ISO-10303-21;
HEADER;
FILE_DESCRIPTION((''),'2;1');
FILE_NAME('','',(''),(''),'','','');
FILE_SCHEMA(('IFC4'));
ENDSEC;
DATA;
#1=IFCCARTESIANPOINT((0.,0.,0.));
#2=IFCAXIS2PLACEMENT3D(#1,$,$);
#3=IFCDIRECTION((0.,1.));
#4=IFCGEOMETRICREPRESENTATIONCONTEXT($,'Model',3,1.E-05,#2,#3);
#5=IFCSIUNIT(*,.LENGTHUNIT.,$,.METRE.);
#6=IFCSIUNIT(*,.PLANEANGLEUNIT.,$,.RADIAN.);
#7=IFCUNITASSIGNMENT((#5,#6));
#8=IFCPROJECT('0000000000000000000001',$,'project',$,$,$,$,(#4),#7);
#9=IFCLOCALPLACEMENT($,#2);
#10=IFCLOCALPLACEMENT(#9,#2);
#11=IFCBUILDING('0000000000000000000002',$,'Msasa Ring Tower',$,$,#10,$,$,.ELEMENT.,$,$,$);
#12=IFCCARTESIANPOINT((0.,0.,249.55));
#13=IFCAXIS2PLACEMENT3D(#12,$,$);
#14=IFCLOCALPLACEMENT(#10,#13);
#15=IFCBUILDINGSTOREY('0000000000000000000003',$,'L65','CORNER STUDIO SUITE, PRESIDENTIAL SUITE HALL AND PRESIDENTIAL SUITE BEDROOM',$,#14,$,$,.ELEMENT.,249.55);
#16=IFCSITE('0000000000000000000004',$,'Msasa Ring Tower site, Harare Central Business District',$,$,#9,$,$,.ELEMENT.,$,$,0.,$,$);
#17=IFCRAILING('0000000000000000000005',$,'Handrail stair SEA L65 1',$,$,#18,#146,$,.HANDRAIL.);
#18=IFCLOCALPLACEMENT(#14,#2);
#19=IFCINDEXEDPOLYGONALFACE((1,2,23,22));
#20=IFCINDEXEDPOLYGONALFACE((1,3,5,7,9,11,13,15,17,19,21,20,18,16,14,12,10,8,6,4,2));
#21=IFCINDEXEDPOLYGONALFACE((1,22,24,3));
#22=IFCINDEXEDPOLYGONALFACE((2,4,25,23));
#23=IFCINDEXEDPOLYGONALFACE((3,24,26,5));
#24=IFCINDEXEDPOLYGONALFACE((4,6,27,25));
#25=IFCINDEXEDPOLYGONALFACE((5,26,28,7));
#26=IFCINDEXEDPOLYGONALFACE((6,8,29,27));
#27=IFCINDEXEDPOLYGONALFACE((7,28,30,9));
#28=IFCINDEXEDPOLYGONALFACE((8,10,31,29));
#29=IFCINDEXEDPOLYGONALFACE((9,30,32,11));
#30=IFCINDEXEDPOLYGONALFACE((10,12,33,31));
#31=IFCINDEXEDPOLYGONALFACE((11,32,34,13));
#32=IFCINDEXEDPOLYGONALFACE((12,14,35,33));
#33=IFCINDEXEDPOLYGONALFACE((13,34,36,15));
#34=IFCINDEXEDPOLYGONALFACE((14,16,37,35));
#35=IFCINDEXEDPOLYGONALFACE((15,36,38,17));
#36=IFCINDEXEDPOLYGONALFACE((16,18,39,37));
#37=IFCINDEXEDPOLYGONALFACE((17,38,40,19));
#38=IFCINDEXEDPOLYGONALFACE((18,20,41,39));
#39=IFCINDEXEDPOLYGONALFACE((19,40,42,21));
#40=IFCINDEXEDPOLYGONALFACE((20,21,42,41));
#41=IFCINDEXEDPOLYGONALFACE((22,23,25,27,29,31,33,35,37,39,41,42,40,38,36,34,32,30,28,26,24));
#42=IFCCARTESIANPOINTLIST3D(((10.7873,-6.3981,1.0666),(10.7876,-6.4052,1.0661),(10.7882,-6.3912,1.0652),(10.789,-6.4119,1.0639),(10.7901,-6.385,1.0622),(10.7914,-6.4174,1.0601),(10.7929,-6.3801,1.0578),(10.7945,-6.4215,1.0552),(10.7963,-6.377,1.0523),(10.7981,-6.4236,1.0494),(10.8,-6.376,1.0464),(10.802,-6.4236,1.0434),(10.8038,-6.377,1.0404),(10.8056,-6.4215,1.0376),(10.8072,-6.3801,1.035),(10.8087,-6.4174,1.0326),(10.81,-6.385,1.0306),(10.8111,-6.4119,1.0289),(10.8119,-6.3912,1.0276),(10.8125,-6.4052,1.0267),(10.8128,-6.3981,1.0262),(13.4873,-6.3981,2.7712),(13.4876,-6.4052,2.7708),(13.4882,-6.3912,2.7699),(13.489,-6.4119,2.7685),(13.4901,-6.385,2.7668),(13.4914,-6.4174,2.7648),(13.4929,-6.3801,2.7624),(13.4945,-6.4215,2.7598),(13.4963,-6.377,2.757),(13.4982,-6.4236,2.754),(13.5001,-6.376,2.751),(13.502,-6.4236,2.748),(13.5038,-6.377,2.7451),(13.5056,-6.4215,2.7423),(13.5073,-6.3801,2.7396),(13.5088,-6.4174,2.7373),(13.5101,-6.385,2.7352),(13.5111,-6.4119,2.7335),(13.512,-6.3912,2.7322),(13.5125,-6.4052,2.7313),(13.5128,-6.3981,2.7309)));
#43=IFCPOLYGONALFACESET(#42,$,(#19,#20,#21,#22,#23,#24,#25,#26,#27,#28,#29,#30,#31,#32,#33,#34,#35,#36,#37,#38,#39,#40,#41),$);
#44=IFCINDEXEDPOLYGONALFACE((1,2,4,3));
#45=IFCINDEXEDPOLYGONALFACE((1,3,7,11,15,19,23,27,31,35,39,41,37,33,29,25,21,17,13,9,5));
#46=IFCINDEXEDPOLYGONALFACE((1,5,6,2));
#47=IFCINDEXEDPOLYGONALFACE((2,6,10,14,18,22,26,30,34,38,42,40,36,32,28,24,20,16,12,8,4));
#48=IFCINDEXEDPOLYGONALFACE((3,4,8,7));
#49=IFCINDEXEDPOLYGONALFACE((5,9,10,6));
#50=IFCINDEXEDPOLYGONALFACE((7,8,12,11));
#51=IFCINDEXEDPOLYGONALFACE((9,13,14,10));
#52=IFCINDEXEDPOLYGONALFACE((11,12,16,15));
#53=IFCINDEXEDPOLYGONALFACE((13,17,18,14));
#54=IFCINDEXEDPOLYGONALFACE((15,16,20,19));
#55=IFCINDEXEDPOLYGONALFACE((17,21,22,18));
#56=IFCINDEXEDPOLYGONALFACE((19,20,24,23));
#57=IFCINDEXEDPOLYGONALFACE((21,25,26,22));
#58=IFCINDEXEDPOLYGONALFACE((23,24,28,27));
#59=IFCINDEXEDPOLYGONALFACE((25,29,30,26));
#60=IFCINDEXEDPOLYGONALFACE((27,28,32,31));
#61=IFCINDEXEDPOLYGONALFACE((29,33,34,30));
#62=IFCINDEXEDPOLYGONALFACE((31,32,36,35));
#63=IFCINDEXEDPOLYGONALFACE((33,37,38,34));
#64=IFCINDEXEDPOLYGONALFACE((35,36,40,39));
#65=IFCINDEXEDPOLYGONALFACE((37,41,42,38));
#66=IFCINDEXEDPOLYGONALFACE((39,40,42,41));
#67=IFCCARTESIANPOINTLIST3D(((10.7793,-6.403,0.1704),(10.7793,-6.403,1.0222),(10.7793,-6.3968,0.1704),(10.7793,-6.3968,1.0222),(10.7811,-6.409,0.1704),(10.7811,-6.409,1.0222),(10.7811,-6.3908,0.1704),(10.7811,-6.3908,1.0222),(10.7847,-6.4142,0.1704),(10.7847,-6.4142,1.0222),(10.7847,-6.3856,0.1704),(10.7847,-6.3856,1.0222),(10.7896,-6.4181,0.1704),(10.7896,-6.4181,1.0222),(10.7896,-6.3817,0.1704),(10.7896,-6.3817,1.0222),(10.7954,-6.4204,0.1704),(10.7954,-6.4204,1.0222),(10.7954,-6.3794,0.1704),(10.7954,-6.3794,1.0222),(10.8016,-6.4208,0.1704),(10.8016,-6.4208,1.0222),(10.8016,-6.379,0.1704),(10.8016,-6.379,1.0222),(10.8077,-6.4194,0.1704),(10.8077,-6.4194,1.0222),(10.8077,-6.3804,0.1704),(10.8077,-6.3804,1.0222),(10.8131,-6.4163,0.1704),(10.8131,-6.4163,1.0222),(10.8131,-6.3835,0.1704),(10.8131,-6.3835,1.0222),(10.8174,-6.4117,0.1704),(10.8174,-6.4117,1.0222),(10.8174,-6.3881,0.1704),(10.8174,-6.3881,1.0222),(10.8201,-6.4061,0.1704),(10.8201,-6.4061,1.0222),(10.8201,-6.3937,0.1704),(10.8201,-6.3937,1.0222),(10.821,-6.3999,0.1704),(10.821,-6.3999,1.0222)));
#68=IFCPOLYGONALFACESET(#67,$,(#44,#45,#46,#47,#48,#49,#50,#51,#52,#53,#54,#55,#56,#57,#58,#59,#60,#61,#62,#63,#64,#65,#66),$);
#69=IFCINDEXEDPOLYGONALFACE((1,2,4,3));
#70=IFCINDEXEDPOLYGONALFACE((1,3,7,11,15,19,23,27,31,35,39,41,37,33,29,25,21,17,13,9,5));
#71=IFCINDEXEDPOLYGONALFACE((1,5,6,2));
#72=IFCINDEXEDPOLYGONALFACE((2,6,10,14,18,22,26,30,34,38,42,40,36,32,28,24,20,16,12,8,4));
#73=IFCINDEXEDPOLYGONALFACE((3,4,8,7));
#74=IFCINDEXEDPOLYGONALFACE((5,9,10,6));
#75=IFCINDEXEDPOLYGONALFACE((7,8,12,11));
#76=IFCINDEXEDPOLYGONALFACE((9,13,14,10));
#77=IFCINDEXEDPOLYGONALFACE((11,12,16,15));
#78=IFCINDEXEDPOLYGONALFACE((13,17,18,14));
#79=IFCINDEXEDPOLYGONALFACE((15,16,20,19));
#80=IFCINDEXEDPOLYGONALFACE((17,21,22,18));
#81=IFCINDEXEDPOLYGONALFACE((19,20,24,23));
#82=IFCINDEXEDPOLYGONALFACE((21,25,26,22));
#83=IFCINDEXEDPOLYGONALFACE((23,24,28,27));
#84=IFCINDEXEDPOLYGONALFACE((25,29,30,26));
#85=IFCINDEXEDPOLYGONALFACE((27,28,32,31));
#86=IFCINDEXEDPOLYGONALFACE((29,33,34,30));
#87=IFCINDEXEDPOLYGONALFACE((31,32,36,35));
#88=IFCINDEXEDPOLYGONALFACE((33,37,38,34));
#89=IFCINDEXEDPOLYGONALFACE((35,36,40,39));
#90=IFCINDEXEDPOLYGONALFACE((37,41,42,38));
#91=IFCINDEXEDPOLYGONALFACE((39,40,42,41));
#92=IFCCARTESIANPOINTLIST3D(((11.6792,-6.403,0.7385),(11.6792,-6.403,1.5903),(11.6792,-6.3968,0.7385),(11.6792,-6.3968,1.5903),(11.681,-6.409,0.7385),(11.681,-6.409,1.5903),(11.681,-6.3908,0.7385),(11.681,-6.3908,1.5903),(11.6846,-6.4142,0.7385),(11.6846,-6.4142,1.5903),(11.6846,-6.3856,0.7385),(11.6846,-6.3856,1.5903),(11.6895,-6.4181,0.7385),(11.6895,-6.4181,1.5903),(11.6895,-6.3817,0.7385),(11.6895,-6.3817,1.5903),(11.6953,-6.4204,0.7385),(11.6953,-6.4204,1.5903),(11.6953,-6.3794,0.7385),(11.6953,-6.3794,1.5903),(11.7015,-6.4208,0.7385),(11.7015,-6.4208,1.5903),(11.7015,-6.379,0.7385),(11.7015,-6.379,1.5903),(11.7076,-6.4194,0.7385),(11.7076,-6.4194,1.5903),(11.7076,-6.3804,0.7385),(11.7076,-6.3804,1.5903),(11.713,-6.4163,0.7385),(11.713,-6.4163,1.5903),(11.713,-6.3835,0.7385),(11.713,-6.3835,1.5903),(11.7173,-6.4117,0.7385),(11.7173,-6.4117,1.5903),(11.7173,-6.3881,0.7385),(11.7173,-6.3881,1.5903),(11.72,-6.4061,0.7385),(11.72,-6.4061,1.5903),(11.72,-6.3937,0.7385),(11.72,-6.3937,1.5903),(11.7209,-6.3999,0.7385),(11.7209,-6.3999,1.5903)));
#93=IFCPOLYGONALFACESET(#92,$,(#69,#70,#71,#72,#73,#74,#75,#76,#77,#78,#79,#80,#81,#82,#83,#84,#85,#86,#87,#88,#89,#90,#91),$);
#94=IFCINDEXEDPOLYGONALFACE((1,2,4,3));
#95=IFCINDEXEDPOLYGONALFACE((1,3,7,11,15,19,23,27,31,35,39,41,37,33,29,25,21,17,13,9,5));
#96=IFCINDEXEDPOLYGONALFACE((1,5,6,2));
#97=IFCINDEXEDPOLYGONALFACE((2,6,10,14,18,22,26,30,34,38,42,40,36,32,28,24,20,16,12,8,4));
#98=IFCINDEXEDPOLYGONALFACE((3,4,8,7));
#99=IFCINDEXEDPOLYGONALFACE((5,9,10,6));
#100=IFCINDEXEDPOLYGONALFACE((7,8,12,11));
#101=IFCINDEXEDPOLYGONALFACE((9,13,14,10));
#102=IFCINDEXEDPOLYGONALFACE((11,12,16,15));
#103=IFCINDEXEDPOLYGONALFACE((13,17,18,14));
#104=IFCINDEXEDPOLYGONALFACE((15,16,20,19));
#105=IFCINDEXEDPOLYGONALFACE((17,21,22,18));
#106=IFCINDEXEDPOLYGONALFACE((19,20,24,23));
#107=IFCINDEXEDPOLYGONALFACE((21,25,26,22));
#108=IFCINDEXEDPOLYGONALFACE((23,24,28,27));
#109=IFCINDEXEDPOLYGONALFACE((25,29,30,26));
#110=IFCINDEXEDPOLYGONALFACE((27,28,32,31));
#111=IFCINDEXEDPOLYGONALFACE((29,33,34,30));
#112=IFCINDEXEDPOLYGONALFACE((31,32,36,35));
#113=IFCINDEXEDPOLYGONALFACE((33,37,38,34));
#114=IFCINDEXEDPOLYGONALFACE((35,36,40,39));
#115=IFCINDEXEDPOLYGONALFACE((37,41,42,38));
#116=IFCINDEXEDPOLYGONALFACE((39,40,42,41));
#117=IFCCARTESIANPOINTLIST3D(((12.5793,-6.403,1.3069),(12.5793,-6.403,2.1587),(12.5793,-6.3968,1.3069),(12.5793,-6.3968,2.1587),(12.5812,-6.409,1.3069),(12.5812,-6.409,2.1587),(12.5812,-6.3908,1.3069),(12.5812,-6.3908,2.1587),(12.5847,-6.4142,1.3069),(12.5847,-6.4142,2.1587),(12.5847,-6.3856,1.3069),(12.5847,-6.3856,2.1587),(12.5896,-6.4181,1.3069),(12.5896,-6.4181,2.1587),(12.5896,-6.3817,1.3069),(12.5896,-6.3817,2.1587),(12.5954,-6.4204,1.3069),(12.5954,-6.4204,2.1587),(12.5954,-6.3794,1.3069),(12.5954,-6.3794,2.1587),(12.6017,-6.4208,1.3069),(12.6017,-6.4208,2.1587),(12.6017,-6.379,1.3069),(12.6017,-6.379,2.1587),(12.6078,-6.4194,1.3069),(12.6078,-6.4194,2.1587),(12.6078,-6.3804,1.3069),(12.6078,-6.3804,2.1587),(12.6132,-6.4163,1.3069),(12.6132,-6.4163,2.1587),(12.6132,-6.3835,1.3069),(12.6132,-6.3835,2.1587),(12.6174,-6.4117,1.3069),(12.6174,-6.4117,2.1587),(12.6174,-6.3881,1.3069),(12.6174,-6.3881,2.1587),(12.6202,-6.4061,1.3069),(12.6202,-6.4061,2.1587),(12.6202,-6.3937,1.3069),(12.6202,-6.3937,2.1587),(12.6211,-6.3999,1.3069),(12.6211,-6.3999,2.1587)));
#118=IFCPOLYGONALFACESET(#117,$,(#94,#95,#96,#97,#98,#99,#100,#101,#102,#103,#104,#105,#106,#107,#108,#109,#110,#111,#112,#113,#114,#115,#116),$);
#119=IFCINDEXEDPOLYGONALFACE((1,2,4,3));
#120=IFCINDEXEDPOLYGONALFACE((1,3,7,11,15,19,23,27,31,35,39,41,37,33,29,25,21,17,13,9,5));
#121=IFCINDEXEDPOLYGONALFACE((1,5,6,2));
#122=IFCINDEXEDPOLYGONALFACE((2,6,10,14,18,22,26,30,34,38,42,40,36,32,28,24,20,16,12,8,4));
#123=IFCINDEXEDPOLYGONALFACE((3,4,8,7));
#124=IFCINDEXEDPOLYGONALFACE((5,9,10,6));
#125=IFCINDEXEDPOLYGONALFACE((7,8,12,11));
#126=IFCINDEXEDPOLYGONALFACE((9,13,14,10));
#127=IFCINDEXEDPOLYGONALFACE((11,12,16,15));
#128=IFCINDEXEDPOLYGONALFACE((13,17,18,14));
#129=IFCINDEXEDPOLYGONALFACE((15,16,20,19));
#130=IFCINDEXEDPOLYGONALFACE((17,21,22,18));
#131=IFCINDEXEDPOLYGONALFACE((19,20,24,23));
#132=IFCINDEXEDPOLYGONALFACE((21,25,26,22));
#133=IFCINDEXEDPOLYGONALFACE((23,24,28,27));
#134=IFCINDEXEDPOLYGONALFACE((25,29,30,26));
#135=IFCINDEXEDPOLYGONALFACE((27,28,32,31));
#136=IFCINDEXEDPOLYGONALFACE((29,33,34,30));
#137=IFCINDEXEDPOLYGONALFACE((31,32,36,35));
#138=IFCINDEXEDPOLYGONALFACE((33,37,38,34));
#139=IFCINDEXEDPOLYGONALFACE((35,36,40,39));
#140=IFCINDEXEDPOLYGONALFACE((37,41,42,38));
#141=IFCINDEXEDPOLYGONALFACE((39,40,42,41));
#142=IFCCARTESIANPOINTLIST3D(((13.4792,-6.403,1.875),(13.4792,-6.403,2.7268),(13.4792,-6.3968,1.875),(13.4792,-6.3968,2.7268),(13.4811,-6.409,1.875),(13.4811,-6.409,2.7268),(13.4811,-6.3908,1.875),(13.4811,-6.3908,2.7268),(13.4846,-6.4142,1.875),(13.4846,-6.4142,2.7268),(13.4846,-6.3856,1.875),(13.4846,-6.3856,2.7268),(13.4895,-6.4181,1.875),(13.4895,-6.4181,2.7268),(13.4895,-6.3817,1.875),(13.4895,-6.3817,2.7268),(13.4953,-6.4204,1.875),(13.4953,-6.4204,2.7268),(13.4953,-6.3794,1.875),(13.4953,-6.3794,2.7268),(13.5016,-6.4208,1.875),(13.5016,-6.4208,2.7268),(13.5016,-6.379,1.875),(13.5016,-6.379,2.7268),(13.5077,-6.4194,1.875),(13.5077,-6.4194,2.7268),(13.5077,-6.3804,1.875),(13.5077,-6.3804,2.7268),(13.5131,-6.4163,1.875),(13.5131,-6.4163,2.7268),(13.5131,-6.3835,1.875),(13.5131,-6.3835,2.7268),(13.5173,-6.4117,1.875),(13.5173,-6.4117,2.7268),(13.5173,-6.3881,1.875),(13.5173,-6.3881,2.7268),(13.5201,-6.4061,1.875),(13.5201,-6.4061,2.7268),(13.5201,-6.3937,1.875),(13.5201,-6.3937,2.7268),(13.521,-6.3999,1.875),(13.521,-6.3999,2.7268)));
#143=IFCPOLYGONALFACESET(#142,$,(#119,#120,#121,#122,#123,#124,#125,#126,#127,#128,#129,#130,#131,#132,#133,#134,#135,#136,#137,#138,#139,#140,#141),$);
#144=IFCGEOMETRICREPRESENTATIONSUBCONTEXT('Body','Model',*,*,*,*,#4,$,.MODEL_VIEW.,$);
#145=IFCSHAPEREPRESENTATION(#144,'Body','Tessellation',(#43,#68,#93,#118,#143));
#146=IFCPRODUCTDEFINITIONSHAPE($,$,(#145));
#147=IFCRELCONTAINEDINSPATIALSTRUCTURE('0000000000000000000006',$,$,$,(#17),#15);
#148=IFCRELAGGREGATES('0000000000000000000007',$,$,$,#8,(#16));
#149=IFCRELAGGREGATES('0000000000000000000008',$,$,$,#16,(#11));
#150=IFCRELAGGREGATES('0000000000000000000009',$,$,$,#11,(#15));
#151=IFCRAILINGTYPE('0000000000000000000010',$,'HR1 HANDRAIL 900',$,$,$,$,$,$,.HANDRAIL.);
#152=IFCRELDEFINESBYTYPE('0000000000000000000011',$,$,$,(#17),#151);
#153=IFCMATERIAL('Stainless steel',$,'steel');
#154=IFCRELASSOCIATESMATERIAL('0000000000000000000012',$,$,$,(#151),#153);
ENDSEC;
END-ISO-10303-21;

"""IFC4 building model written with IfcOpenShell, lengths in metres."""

from ifc_helpers import new_model, si_unit, direction, frame, origin, origin_2d, place, context, subcontext, project, spatial, circle, extrude, material, type_object, element, save


model = new_model("IFC4")

# Units and contexts
model_context = context("Model", 3, precision=1e-05, world=origin(), true_north=direction((0.0, 1.0)))
body_context = subcontext(model_context, "Body", "Model", "MODEL_VIEW")
ifc_project = project(units=[si_unit("LENGTHUNIT", "METRE"), si_unit("PLANEANGLEUNIT", "RADIAN")], contexts=[model_context])

# Site, building, storey
site_placement = place(None, origin())
site = spatial("IfcSite", under=ifc_project, at=site_placement, Name="Msasa Ring Tower site, Harare Central Business District", CompositionType="ELEMENT", RefElevation=0.0)
building_placement = place(site_placement, origin())
building = spatial("IfcBuilding", under=site, at=building_placement, Name="Msasa Ring Tower", CompositionType="ELEMENT")
storey_placement = place(building_placement, frame((0.0, 0.0, 249.55)))
storey = spatial("IfcBuildingStorey", under=building, at=storey_placement, Name="L65", Description="CORNER STUDIO SUITE, PRESIDENTIAL SUITE HALL AND PRESIDENTIAL SUITE BEDROOM", CompositionType="ELEMENT", Elevation=249.55)

# Railing
ifc_material_1 = material(Name="Stainless steel", Category="steel")
railing_type = type_object("IfcRailingType", Name="HR1 HANDRAIL 900", PredefinedType="HANDRAIL", material=ifc_material_1)
railing_placement = place(storey_placement, frame((10.8, -6.3999, 0.1704)))
element("IfcRailing", 1, at=railing_placement, inside=storey, type_object=railing_type, Name="Handrail stair SEA L65 1", PredefinedType="HANDRAIL", context=body_context, shape_type="SweptSolid", body=[
    extrude(circle(Radius=0.0239, at=origin_2d()), frame((0.0, 0.0, 0.876), z_axis=(0.84558, 0.0, 0.533849), x_axis=(0.0, 1.0, 0.0)), (0.0, 0.0, 1.0), 3.1931),
    extrude(circle(Radius=0.021, at=origin_2d()), origin(), (0.0, 0.0, 1.0), 0.8518),
    extrude(circle(Radius=0.021, at=origin_2d()), frame((0.8999, 0.0, 0.5681)), (0.0, 0.0, 1.0), 0.8518),
    extrude(circle(Radius=0.021, at=origin_2d()), frame((1.8, 0.0, 1.1365)), (0.0, 0.0, 1.0), 0.8518),
    extrude(circle(Radius=0.021, at=origin_2d()), frame((2.7, 0.0, 1.7046)), (0.0, 0.0, 1.0), 0.8518),
])

save(model, "model.ifc")
